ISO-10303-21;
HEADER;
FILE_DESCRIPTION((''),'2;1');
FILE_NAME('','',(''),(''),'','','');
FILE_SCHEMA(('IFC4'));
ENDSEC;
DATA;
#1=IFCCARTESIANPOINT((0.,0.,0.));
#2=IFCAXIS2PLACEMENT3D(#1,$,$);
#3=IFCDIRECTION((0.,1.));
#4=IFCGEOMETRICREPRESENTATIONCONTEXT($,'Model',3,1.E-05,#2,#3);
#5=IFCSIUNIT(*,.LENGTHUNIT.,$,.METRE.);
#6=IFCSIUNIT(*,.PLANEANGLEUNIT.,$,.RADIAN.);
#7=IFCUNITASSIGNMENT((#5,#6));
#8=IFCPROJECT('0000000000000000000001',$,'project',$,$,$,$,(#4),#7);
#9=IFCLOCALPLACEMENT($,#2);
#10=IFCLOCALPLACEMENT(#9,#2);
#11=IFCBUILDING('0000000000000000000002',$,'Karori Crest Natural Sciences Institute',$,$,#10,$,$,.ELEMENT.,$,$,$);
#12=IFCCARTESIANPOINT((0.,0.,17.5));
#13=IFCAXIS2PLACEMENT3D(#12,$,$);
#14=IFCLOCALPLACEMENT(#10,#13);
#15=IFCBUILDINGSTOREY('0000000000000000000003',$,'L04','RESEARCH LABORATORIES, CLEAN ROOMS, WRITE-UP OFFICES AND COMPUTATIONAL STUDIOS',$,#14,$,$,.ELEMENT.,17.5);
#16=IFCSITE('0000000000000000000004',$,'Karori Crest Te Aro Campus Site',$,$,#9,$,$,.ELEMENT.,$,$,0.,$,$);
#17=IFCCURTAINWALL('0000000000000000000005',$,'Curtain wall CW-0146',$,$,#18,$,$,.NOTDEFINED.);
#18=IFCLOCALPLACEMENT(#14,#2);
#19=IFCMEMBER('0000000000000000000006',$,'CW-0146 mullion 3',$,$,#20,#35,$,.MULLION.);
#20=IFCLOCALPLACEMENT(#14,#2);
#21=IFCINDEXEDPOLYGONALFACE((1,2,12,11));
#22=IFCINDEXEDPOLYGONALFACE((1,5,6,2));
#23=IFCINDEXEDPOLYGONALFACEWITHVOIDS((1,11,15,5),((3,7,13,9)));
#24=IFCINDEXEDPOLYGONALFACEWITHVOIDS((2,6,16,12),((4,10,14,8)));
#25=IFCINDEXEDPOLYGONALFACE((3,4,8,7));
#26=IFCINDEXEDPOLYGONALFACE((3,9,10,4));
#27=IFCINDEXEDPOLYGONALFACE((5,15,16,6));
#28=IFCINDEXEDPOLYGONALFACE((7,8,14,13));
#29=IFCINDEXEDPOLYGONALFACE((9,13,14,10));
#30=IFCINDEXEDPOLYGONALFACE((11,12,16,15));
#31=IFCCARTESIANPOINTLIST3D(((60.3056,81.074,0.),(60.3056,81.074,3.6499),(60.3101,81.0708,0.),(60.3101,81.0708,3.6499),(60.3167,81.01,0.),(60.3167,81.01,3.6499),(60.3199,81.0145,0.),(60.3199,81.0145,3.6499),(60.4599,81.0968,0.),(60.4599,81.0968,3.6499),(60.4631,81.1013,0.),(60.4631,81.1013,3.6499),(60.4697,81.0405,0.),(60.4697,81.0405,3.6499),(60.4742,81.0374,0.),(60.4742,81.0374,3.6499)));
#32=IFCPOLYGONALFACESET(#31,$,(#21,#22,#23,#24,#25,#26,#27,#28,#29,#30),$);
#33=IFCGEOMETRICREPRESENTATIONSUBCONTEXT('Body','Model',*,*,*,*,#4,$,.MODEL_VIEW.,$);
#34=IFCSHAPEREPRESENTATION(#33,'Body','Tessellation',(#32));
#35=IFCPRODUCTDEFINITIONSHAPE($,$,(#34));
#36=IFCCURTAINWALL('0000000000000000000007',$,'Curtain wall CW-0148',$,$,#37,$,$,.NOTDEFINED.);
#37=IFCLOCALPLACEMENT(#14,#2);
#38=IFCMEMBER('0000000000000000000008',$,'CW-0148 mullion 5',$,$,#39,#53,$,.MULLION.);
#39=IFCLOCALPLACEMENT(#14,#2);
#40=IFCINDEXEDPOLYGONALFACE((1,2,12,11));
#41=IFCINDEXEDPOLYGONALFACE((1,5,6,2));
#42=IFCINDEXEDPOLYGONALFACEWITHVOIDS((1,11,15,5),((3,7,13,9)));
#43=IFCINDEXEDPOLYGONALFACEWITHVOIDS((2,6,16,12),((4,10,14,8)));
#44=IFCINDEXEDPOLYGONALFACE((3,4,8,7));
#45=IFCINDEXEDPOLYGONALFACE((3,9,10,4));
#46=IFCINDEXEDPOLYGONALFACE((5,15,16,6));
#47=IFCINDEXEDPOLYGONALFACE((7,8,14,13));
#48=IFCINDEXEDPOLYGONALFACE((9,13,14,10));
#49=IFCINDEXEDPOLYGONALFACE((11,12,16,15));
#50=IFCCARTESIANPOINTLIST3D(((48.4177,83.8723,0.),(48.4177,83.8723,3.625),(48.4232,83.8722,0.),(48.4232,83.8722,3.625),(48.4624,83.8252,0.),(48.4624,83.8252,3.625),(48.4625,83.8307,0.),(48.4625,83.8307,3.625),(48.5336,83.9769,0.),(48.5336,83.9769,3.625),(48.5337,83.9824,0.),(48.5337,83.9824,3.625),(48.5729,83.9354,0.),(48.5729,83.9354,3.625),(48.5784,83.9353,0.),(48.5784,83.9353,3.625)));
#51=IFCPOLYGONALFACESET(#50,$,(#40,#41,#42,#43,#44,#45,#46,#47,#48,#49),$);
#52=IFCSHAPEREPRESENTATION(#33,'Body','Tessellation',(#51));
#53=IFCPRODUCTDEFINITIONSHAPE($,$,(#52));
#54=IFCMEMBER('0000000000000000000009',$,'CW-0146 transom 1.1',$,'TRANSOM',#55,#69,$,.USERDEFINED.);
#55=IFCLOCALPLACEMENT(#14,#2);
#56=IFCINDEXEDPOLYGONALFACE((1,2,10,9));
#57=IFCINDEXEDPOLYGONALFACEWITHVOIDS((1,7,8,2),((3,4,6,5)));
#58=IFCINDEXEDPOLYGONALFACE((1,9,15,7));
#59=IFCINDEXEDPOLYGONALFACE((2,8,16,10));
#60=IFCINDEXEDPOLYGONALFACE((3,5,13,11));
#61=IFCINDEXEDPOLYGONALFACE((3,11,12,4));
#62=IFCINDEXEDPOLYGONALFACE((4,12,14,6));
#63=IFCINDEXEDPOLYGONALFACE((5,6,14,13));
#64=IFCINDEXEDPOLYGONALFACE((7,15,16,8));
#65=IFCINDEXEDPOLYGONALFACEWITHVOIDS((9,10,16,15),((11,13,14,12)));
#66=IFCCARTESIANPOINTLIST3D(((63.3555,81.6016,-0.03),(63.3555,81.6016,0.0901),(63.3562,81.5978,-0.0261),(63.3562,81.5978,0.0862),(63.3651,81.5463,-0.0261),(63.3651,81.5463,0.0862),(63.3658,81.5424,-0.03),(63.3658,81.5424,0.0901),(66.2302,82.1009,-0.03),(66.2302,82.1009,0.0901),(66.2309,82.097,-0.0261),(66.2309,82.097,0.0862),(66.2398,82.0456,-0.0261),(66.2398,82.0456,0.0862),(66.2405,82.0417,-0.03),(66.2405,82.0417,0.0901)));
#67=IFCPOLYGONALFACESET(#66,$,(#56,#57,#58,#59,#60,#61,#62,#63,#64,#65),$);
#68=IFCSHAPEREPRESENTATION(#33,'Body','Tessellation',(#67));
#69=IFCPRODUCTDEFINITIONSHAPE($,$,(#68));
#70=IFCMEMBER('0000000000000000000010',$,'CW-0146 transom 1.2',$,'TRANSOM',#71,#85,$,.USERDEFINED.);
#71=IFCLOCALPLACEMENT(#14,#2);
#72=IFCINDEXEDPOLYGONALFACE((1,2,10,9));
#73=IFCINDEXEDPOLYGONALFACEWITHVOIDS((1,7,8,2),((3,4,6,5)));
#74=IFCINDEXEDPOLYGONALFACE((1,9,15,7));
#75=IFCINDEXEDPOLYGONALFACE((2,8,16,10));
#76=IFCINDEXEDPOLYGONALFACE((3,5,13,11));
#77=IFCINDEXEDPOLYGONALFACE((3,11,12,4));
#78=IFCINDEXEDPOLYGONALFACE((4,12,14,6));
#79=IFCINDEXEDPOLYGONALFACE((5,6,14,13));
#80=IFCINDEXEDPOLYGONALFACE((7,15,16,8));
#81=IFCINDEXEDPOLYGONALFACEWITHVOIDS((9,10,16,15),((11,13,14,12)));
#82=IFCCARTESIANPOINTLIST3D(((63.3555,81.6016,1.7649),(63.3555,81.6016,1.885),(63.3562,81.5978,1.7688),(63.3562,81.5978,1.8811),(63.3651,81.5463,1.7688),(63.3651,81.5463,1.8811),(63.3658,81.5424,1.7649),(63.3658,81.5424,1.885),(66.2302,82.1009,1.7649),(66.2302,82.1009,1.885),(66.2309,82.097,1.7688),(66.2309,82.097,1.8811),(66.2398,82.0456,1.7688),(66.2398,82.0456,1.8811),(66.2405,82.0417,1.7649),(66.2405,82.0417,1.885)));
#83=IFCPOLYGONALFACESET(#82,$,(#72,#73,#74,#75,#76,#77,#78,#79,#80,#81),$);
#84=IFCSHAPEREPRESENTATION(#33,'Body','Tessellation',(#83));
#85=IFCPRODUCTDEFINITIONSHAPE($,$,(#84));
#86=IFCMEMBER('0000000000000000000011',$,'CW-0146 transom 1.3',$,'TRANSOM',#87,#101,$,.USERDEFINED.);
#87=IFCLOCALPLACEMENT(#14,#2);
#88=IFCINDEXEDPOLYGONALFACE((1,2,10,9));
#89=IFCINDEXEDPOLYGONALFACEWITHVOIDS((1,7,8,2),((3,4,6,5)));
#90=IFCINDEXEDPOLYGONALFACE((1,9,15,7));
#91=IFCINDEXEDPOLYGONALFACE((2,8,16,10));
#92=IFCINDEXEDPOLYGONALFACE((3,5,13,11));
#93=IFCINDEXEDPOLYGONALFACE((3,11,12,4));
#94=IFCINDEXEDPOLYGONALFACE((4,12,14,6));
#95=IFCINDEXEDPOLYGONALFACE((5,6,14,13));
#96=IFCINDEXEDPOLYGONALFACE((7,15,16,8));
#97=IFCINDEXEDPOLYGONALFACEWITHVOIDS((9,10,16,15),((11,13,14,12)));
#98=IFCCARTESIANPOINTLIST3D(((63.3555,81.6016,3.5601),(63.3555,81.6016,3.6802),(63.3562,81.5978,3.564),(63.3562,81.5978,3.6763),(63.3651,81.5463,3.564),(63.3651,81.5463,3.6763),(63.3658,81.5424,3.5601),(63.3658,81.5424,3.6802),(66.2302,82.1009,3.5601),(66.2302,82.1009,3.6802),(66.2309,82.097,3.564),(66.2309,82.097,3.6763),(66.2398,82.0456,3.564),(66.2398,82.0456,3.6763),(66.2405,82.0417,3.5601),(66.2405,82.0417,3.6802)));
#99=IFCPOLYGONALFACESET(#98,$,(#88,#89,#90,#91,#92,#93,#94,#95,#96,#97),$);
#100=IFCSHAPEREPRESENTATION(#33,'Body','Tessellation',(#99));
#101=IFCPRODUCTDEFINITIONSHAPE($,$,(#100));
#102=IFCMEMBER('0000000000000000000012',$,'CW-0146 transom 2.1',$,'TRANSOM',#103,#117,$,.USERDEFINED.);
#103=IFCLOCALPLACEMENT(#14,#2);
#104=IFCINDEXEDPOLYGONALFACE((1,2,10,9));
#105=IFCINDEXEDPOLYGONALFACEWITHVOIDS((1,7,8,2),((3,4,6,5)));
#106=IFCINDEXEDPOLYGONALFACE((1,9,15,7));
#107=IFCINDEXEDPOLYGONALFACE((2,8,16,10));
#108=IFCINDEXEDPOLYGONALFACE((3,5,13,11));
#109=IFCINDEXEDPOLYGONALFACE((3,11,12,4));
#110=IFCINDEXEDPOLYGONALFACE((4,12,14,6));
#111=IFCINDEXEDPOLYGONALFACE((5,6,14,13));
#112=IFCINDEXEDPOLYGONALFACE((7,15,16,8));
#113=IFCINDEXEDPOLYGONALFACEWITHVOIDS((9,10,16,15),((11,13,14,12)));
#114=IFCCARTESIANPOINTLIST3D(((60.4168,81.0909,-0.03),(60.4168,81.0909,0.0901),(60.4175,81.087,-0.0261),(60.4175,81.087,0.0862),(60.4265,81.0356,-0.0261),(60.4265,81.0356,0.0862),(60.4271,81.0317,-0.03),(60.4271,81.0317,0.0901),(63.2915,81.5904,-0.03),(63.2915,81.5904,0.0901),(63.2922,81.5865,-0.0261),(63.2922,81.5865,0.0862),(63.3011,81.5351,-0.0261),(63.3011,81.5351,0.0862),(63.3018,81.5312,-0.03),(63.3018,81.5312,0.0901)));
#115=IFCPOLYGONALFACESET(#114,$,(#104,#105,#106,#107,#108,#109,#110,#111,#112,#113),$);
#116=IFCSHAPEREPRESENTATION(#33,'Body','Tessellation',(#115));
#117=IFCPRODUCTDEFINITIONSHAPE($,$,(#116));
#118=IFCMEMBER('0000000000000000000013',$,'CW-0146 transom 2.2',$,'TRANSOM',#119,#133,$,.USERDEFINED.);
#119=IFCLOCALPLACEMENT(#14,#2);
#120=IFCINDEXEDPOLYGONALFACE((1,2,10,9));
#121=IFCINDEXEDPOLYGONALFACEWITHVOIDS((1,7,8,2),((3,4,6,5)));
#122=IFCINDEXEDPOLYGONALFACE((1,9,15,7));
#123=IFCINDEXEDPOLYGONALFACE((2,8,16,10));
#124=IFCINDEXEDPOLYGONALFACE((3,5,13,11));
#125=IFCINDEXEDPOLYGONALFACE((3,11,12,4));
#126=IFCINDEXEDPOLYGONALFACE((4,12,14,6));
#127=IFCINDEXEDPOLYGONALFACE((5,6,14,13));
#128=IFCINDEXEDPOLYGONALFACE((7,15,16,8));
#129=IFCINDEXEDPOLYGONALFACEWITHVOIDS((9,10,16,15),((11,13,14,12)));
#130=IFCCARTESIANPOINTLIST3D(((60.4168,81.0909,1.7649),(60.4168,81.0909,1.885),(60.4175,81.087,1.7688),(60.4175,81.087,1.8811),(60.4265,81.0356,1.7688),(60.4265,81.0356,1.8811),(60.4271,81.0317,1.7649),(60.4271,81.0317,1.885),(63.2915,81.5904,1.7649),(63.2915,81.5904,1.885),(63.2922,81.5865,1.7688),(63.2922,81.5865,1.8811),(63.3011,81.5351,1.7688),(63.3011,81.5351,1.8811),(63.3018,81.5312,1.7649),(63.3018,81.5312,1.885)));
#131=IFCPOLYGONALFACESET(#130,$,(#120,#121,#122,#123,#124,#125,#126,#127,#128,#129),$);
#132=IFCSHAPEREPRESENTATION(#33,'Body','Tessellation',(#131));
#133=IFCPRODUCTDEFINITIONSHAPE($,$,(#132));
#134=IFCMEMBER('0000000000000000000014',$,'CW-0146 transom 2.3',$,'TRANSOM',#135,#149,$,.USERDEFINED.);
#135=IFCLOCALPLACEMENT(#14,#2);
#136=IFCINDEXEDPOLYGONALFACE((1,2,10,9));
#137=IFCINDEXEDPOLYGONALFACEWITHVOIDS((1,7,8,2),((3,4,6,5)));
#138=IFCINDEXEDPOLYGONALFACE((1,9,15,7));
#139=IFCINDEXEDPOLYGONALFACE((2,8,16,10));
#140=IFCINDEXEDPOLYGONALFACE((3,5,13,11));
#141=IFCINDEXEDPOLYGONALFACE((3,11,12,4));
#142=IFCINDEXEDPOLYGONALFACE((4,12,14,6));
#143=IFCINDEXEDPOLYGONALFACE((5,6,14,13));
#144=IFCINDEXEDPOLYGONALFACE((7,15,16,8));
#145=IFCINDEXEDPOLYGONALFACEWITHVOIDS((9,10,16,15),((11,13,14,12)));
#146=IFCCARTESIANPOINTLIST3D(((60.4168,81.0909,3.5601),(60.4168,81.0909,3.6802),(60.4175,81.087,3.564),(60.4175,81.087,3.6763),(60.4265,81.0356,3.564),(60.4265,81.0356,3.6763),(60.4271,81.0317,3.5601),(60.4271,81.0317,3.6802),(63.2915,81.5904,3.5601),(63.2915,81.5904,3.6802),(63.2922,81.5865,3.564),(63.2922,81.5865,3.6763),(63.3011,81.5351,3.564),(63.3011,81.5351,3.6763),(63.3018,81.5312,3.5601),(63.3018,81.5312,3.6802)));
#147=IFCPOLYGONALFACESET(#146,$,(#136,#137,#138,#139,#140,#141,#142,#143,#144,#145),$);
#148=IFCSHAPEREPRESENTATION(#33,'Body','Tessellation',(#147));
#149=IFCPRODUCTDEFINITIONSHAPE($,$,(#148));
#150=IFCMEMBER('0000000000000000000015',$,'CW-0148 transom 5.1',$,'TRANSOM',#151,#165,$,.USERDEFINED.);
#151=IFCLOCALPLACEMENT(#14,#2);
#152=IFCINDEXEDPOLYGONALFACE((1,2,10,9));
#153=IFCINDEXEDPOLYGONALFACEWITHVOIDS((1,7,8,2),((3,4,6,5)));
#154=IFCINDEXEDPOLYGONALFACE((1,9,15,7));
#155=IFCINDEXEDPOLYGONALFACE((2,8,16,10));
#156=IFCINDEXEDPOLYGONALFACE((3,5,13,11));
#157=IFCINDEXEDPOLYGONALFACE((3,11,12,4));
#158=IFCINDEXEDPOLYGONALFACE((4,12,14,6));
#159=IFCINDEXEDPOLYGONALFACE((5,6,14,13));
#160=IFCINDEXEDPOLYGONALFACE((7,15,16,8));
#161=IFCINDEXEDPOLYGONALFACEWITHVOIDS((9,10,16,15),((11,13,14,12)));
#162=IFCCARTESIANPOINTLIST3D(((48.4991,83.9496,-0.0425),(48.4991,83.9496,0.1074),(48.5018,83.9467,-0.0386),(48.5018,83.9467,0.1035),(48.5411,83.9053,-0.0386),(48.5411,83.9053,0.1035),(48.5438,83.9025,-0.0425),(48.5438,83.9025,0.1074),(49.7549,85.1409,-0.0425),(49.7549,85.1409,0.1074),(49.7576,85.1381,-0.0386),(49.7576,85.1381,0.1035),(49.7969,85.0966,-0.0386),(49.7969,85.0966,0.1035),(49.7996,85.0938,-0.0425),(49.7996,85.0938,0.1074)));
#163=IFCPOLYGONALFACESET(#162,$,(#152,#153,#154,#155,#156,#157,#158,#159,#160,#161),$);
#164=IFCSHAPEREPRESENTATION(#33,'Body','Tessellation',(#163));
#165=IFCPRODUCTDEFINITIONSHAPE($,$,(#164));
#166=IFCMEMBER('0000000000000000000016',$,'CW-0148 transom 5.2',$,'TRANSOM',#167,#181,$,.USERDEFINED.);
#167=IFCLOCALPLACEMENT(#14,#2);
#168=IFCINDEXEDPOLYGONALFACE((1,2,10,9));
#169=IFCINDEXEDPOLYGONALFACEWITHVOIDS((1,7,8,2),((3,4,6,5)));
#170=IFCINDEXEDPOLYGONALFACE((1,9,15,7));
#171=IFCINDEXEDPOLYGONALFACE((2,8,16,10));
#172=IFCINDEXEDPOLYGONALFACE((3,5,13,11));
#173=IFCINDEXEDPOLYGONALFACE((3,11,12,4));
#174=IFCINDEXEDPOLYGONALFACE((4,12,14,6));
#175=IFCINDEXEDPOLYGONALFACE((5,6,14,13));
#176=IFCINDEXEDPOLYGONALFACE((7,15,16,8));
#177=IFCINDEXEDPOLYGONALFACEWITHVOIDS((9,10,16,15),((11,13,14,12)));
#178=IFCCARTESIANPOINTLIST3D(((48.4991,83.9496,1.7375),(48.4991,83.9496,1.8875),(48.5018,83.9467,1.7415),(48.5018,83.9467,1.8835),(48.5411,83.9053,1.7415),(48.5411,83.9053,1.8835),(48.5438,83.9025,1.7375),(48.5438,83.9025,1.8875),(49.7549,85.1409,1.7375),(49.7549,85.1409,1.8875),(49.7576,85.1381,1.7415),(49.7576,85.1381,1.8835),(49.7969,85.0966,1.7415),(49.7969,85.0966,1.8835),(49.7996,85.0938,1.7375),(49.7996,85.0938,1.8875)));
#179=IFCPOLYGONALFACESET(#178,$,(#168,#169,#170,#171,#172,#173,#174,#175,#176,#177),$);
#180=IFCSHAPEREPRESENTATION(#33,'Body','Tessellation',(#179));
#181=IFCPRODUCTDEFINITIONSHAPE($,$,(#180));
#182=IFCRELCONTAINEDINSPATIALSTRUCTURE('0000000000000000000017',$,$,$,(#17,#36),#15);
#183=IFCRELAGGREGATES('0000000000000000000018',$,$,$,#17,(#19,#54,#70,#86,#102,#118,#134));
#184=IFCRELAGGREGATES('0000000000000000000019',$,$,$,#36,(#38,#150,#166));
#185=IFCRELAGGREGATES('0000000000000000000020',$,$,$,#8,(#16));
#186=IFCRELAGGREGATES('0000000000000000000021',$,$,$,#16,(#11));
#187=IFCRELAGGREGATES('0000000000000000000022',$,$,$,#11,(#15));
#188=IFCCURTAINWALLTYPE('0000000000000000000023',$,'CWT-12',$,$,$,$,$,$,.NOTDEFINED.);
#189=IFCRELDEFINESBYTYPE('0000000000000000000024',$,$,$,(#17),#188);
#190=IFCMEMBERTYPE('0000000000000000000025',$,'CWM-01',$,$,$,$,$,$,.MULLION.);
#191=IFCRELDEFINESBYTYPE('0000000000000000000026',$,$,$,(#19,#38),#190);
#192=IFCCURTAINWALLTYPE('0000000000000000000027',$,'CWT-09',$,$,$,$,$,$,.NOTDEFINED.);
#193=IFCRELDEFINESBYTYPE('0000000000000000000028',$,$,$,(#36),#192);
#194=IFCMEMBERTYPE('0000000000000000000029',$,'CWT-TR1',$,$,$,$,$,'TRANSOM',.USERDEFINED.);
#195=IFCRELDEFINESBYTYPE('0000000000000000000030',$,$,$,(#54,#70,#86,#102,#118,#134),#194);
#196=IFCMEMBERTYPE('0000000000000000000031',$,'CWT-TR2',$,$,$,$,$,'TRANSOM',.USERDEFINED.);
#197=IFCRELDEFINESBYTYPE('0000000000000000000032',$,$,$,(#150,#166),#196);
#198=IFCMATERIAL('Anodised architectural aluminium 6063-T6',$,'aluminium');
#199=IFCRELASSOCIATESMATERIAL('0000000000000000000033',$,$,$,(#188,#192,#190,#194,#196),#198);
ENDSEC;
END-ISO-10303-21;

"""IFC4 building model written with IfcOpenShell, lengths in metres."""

from ifc_helpers import new_model, si_unit, direction, frame, origin, origin_2d, place, context, subcontext, project, spatial, hollow_rectangle, extrude, material, material_profile, profile_set, type_object, element, aggregate, save


model = new_model("IFC4")

# Units and contexts
model_context = context("Model", 3, precision=1e-05, world=origin(), true_north=direction((0.0, 1.0)))
body_context = subcontext(model_context, "Body", "Model", "MODEL_VIEW")
ifc_project = project(units=[si_unit("LENGTHUNIT", "METRE"), si_unit("PLANEANGLEUNIT", "RADIAN")], contexts=[model_context])

# Site, building, storey
site_placement = place(None, origin())
site = spatial("IfcSite", under=ifc_project, at=site_placement, Name="Karori Crest Te Aro Campus Site", CompositionType="ELEMENT", RefElevation=0.0)
building_placement = place(site_placement, origin())
building = spatial("IfcBuilding", under=site, at=building_placement, Name="Karori Crest Natural Sciences Institute", CompositionType="ELEMENT")
storey_placement = place(building_placement, frame((0.0, 0.0, 17.5)))
storey = spatial("IfcBuildingStorey", under=building, at=storey_placement, Name="L04", Description="RESEARCH LABORATORIES, CLEAN ROOMS, WRITE-UP OFFICES AND COMPUTATIONAL STUDIOS", CompositionType="ELEMENT", Elevation=17.5)

# Curtain wall, member
ifc_material_1 = material(Name="Anodised architectural aluminium 6063-T6", Category="aluminium")
curtain_wall_type_1 = type_object("IfcCurtainWallType", Name="CWT-12", PredefinedType="NOTDEFINED", material=ifc_material_1)
curtain_wall_1_placement = place(storey_placement, origin())
curtain_wall_1 = element("IfcCurtainWall", 1, at=curtain_wall_1_placement, inside=storey, type_object=curtain_wall_type_1, Name="Curtain wall CW-0146", PredefinedType="NOTDEFINED")
ifc_material_profile_1 = material_profile(ifc_material_1, hollow_rectangle(XDim=0.0649, YDim=0.1599, WallThickness=0.0039, at=origin_2d()), Name="CWM160x65x4")
ifc_profile_set_1 = profile_set([ifc_material_profile_1], Name="Anodised architectural aluminium 6063-T6")
member_type_1 = type_object("IfcMemberType", Name="CWM-01", PredefinedType="MULLION", material=ifc_profile_set_1)
member_1_placement = place(storey_placement, frame((60.3899, 81.0557, 0.0), z_axis=(0.0, 0.0, 1.0), x_axis=(0.171174, -0.985241, 0.0)))
member_1 = element("IfcMember", 2, at=member_1_placement, type_object=member_type_1, Name="CW-0146 mullion 3", PredefinedType="MULLION", context=body_context, shape_type="SweptSolid", body=[
    extrude(hollow_rectangle(XDim=0.0649, YDim=0.1599, WallThickness=0.0039, at=origin_2d()), origin(), (0.0, 0.0, 1.0), 3.6499),
])

# Curtain wall, member
curtain_wall_type_2 = type_object("IfcCurtainWallType", Name="CWT-09", PredefinedType="NOTDEFINED", material=ifc_material_1)
curtain_wall_2_placement = place(storey_placement, origin())
curtain_wall_2 = element("IfcCurtainWall", 3, at=curtain_wall_2_placement, inside=storey, type_object=curtain_wall_type_2, Name="Curtain wall CW-0148", PredefinedType="NOTDEFINED")
member_2_placement = place(storey_placement, frame((48.498, 83.9038, 0.0), z_axis=(0.0, 0.0, 1.0), x_axis=(-0.688251, 0.725473, 0.0)))
member_2 = element("IfcMember", 4, at=member_2_placement, type_object=member_type_1, Name="CW-0148 mullion 5", PredefinedType="MULLION", context=body_context, shape_type="SweptSolid", body=[
    extrude(hollow_rectangle(XDim=0.0649, YDim=0.1599, WallThickness=0.0039, at=origin_2d()), origin(), (0.0, 0.0, 1.0), 3.625),
])

# Members
ifc_material_profile_2 = material_profile(ifc_material_1, hollow_rectangle(XDim=0.0601, YDim=0.1201, WallThickness=0.0039, at=origin_2d()), Name="CWT120x60x4")
ifc_profile_set_2 = profile_set([ifc_material_profile_2], Name="Anodised architectural aluminium 6063-T6")
member_type_2 = type_object("IfcMemberType", Name="CWT-TR1", ElementType="TRANSOM", PredefinedType="USERDEFINED", material=ifc_profile_set_2)
member_3_placement = place(storey_placement, frame((66.2354, 82.0713, 0.03), z_axis=(-0.985252, -0.171112, 0.0), x_axis=(0.171112, -0.985252, 0.0)))
member_3 = element("IfcMember", 5, at=member_3_placement, type_object=member_type_2, Name="CW-0146 transom 1.1", ObjectType="TRANSOM", PredefinedType="USERDEFINED", context=body_context, shape_type="SweptSolid", body=[
    extrude(hollow_rectangle(XDim=0.0601, YDim=0.1201, WallThickness=0.0039, at=origin_2d()), origin(), (0.0, 0.0, 1.0), 2.9177),
])
member_4_placement = place(storey_placement, frame((66.2354, 82.0713, 1.825), z_axis=(-0.985252, -0.171112, 0.0), x_axis=(0.171112, -0.985252, 0.0)))
member_4 = element("IfcMember", 6, at=member_4_placement, type_object=member_type_2, Name="CW-0146 transom 1.2", ObjectType="TRANSOM", PredefinedType="USERDEFINED", context=body_context, shape_type="SweptSolid", body=[
    extrude(hollow_rectangle(XDim=0.0601, YDim=0.1201, WallThickness=0.0039, at=origin_2d()), origin(), (0.0, 0.0, 1.0), 2.9177),
])
member_5_placement = place(storey_placement, frame((66.2354, 82.0713, 3.6201), z_axis=(-0.985252, -0.171112, 0.0), x_axis=(0.171112, -0.985252, 0.0)))
member_5 = element("IfcMember", 7, at=member_5_placement, type_object=member_type_2, Name="CW-0146 transom 1.3", ObjectType="TRANSOM", PredefinedType="USERDEFINED", context=body_context, shape_type="SweptSolid", body=[
    extrude(hollow_rectangle(XDim=0.0601, YDim=0.1201, WallThickness=0.0039, at=origin_2d()), origin(), (0.0, 0.0, 1.0), 2.9177),
])
member_6_placement = place(storey_placement, frame((63.2966, 81.5608, 0.03), z_axis=(-0.985238, -0.171193, 0.0), x_axis=(0.171193, -0.985238, 0.0)))
member_6 = element("IfcMember", 8, at=member_6_placement, type_object=member_type_2, Name="CW-0146 transom 2.1", ObjectType="TRANSOM", PredefinedType="USERDEFINED", context=body_context, shape_type="SweptSolid", body=[
    extrude(hollow_rectangle(XDim=0.0601, YDim=0.1201, WallThickness=0.0039, at=origin_2d()), origin(), (0.0, 0.0, 1.0), 2.9177),
])
member_7_placement = place(storey_placement, frame((63.2966, 81.5608, 1.825), z_axis=(-0.985238, -0.171193, 0.0), x_axis=(0.171193, -0.985238, 0.0)))
member_7 = element("IfcMember", 9, at=member_7_placement, type_object=member_type_2, Name="CW-0146 transom 2.2", ObjectType="TRANSOM", PredefinedType="USERDEFINED", context=body_context, shape_type="SweptSolid", body=[
    extrude(hollow_rectangle(XDim=0.0601, YDim=0.1201, WallThickness=0.0039, at=origin_2d()), origin(), (0.0, 0.0, 1.0), 2.9177),
])
member_8_placement = place(storey_placement, frame((63.2966, 81.5608, 3.6201), z_axis=(-0.985238, -0.171193, 0.0), x_axis=(0.171193, -0.985238, 0.0)))
member_8 = element("IfcMember", 10, at=member_8_placement, type_object=member_type_2, Name="CW-0146 transom 2.3", ObjectType="TRANSOM", PredefinedType="USERDEFINED", context=body_context, shape_type="SweptSolid", body=[
    extrude(hollow_rectangle(XDim=0.0601, YDim=0.1201, WallThickness=0.0039, at=origin_2d()), origin(), (0.0, 0.0, 1.0), 2.9177),
])
ifc_material_profile_3 = material_profile(ifc_material_1, hollow_rectangle(XDim=0.0649, YDim=0.1499, WallThickness=0.0039, at=origin_2d()), Name="CWT150x65x4")
ifc_profile_set_3 = profile_set([ifc_material_profile_3], Name="Anodised architectural aluminium 6063-T6")
member_type_3 = type_object("IfcMemberType", Name="CWT-TR2", ElementType="TRANSOM", PredefinedType="USERDEFINED", material=ifc_profile_set_3)
member_9_placement = place(storey_placement, frame((48.5215, 83.926, 0.0325), z_axis=(0.725478, 0.688245, 0.0), x_axis=(-0.688245, 0.725478, 0.0)))
member_9 = element("IfcMember", 11, at=member_9_placement, type_object=member_type_3, Name="CW-0148 transom 5.1", ObjectType="TRANSOM", PredefinedType="USERDEFINED", context=body_context, shape_type="SweptSolid", body=[
    extrude(hollow_rectangle(XDim=0.0649, YDim=0.1499, WallThickness=0.0039, at=origin_2d()), origin(), (0.0, 0.0, 1.0), 1.731),
])
member_10_placement = place(storey_placement, frame((48.5215, 83.926, 1.8125), z_axis=(0.725478, 0.688245, 0.0), x_axis=(-0.688245, 0.725478, 0.0)))
member_10 = element("IfcMember", 12, at=member_10_placement, type_object=member_type_3, Name="CW-0148 transom 5.2", ObjectType="TRANSOM", PredefinedType="USERDEFINED", context=body_context, shape_type="SweptSolid", body=[
    extrude(hollow_rectangle(XDim=0.0649, YDim=0.1499, WallThickness=0.0039, at=origin_2d()), origin(), (0.0, 0.0, 1.0), 1.731),
])

aggregate(curtain_wall_1, [member_1, member_3, member_4, member_5, member_6, member_7, member_8])
aggregate(curtain_wall_2, [member_2, member_9, member_10])

save(model, "model.ifc")
